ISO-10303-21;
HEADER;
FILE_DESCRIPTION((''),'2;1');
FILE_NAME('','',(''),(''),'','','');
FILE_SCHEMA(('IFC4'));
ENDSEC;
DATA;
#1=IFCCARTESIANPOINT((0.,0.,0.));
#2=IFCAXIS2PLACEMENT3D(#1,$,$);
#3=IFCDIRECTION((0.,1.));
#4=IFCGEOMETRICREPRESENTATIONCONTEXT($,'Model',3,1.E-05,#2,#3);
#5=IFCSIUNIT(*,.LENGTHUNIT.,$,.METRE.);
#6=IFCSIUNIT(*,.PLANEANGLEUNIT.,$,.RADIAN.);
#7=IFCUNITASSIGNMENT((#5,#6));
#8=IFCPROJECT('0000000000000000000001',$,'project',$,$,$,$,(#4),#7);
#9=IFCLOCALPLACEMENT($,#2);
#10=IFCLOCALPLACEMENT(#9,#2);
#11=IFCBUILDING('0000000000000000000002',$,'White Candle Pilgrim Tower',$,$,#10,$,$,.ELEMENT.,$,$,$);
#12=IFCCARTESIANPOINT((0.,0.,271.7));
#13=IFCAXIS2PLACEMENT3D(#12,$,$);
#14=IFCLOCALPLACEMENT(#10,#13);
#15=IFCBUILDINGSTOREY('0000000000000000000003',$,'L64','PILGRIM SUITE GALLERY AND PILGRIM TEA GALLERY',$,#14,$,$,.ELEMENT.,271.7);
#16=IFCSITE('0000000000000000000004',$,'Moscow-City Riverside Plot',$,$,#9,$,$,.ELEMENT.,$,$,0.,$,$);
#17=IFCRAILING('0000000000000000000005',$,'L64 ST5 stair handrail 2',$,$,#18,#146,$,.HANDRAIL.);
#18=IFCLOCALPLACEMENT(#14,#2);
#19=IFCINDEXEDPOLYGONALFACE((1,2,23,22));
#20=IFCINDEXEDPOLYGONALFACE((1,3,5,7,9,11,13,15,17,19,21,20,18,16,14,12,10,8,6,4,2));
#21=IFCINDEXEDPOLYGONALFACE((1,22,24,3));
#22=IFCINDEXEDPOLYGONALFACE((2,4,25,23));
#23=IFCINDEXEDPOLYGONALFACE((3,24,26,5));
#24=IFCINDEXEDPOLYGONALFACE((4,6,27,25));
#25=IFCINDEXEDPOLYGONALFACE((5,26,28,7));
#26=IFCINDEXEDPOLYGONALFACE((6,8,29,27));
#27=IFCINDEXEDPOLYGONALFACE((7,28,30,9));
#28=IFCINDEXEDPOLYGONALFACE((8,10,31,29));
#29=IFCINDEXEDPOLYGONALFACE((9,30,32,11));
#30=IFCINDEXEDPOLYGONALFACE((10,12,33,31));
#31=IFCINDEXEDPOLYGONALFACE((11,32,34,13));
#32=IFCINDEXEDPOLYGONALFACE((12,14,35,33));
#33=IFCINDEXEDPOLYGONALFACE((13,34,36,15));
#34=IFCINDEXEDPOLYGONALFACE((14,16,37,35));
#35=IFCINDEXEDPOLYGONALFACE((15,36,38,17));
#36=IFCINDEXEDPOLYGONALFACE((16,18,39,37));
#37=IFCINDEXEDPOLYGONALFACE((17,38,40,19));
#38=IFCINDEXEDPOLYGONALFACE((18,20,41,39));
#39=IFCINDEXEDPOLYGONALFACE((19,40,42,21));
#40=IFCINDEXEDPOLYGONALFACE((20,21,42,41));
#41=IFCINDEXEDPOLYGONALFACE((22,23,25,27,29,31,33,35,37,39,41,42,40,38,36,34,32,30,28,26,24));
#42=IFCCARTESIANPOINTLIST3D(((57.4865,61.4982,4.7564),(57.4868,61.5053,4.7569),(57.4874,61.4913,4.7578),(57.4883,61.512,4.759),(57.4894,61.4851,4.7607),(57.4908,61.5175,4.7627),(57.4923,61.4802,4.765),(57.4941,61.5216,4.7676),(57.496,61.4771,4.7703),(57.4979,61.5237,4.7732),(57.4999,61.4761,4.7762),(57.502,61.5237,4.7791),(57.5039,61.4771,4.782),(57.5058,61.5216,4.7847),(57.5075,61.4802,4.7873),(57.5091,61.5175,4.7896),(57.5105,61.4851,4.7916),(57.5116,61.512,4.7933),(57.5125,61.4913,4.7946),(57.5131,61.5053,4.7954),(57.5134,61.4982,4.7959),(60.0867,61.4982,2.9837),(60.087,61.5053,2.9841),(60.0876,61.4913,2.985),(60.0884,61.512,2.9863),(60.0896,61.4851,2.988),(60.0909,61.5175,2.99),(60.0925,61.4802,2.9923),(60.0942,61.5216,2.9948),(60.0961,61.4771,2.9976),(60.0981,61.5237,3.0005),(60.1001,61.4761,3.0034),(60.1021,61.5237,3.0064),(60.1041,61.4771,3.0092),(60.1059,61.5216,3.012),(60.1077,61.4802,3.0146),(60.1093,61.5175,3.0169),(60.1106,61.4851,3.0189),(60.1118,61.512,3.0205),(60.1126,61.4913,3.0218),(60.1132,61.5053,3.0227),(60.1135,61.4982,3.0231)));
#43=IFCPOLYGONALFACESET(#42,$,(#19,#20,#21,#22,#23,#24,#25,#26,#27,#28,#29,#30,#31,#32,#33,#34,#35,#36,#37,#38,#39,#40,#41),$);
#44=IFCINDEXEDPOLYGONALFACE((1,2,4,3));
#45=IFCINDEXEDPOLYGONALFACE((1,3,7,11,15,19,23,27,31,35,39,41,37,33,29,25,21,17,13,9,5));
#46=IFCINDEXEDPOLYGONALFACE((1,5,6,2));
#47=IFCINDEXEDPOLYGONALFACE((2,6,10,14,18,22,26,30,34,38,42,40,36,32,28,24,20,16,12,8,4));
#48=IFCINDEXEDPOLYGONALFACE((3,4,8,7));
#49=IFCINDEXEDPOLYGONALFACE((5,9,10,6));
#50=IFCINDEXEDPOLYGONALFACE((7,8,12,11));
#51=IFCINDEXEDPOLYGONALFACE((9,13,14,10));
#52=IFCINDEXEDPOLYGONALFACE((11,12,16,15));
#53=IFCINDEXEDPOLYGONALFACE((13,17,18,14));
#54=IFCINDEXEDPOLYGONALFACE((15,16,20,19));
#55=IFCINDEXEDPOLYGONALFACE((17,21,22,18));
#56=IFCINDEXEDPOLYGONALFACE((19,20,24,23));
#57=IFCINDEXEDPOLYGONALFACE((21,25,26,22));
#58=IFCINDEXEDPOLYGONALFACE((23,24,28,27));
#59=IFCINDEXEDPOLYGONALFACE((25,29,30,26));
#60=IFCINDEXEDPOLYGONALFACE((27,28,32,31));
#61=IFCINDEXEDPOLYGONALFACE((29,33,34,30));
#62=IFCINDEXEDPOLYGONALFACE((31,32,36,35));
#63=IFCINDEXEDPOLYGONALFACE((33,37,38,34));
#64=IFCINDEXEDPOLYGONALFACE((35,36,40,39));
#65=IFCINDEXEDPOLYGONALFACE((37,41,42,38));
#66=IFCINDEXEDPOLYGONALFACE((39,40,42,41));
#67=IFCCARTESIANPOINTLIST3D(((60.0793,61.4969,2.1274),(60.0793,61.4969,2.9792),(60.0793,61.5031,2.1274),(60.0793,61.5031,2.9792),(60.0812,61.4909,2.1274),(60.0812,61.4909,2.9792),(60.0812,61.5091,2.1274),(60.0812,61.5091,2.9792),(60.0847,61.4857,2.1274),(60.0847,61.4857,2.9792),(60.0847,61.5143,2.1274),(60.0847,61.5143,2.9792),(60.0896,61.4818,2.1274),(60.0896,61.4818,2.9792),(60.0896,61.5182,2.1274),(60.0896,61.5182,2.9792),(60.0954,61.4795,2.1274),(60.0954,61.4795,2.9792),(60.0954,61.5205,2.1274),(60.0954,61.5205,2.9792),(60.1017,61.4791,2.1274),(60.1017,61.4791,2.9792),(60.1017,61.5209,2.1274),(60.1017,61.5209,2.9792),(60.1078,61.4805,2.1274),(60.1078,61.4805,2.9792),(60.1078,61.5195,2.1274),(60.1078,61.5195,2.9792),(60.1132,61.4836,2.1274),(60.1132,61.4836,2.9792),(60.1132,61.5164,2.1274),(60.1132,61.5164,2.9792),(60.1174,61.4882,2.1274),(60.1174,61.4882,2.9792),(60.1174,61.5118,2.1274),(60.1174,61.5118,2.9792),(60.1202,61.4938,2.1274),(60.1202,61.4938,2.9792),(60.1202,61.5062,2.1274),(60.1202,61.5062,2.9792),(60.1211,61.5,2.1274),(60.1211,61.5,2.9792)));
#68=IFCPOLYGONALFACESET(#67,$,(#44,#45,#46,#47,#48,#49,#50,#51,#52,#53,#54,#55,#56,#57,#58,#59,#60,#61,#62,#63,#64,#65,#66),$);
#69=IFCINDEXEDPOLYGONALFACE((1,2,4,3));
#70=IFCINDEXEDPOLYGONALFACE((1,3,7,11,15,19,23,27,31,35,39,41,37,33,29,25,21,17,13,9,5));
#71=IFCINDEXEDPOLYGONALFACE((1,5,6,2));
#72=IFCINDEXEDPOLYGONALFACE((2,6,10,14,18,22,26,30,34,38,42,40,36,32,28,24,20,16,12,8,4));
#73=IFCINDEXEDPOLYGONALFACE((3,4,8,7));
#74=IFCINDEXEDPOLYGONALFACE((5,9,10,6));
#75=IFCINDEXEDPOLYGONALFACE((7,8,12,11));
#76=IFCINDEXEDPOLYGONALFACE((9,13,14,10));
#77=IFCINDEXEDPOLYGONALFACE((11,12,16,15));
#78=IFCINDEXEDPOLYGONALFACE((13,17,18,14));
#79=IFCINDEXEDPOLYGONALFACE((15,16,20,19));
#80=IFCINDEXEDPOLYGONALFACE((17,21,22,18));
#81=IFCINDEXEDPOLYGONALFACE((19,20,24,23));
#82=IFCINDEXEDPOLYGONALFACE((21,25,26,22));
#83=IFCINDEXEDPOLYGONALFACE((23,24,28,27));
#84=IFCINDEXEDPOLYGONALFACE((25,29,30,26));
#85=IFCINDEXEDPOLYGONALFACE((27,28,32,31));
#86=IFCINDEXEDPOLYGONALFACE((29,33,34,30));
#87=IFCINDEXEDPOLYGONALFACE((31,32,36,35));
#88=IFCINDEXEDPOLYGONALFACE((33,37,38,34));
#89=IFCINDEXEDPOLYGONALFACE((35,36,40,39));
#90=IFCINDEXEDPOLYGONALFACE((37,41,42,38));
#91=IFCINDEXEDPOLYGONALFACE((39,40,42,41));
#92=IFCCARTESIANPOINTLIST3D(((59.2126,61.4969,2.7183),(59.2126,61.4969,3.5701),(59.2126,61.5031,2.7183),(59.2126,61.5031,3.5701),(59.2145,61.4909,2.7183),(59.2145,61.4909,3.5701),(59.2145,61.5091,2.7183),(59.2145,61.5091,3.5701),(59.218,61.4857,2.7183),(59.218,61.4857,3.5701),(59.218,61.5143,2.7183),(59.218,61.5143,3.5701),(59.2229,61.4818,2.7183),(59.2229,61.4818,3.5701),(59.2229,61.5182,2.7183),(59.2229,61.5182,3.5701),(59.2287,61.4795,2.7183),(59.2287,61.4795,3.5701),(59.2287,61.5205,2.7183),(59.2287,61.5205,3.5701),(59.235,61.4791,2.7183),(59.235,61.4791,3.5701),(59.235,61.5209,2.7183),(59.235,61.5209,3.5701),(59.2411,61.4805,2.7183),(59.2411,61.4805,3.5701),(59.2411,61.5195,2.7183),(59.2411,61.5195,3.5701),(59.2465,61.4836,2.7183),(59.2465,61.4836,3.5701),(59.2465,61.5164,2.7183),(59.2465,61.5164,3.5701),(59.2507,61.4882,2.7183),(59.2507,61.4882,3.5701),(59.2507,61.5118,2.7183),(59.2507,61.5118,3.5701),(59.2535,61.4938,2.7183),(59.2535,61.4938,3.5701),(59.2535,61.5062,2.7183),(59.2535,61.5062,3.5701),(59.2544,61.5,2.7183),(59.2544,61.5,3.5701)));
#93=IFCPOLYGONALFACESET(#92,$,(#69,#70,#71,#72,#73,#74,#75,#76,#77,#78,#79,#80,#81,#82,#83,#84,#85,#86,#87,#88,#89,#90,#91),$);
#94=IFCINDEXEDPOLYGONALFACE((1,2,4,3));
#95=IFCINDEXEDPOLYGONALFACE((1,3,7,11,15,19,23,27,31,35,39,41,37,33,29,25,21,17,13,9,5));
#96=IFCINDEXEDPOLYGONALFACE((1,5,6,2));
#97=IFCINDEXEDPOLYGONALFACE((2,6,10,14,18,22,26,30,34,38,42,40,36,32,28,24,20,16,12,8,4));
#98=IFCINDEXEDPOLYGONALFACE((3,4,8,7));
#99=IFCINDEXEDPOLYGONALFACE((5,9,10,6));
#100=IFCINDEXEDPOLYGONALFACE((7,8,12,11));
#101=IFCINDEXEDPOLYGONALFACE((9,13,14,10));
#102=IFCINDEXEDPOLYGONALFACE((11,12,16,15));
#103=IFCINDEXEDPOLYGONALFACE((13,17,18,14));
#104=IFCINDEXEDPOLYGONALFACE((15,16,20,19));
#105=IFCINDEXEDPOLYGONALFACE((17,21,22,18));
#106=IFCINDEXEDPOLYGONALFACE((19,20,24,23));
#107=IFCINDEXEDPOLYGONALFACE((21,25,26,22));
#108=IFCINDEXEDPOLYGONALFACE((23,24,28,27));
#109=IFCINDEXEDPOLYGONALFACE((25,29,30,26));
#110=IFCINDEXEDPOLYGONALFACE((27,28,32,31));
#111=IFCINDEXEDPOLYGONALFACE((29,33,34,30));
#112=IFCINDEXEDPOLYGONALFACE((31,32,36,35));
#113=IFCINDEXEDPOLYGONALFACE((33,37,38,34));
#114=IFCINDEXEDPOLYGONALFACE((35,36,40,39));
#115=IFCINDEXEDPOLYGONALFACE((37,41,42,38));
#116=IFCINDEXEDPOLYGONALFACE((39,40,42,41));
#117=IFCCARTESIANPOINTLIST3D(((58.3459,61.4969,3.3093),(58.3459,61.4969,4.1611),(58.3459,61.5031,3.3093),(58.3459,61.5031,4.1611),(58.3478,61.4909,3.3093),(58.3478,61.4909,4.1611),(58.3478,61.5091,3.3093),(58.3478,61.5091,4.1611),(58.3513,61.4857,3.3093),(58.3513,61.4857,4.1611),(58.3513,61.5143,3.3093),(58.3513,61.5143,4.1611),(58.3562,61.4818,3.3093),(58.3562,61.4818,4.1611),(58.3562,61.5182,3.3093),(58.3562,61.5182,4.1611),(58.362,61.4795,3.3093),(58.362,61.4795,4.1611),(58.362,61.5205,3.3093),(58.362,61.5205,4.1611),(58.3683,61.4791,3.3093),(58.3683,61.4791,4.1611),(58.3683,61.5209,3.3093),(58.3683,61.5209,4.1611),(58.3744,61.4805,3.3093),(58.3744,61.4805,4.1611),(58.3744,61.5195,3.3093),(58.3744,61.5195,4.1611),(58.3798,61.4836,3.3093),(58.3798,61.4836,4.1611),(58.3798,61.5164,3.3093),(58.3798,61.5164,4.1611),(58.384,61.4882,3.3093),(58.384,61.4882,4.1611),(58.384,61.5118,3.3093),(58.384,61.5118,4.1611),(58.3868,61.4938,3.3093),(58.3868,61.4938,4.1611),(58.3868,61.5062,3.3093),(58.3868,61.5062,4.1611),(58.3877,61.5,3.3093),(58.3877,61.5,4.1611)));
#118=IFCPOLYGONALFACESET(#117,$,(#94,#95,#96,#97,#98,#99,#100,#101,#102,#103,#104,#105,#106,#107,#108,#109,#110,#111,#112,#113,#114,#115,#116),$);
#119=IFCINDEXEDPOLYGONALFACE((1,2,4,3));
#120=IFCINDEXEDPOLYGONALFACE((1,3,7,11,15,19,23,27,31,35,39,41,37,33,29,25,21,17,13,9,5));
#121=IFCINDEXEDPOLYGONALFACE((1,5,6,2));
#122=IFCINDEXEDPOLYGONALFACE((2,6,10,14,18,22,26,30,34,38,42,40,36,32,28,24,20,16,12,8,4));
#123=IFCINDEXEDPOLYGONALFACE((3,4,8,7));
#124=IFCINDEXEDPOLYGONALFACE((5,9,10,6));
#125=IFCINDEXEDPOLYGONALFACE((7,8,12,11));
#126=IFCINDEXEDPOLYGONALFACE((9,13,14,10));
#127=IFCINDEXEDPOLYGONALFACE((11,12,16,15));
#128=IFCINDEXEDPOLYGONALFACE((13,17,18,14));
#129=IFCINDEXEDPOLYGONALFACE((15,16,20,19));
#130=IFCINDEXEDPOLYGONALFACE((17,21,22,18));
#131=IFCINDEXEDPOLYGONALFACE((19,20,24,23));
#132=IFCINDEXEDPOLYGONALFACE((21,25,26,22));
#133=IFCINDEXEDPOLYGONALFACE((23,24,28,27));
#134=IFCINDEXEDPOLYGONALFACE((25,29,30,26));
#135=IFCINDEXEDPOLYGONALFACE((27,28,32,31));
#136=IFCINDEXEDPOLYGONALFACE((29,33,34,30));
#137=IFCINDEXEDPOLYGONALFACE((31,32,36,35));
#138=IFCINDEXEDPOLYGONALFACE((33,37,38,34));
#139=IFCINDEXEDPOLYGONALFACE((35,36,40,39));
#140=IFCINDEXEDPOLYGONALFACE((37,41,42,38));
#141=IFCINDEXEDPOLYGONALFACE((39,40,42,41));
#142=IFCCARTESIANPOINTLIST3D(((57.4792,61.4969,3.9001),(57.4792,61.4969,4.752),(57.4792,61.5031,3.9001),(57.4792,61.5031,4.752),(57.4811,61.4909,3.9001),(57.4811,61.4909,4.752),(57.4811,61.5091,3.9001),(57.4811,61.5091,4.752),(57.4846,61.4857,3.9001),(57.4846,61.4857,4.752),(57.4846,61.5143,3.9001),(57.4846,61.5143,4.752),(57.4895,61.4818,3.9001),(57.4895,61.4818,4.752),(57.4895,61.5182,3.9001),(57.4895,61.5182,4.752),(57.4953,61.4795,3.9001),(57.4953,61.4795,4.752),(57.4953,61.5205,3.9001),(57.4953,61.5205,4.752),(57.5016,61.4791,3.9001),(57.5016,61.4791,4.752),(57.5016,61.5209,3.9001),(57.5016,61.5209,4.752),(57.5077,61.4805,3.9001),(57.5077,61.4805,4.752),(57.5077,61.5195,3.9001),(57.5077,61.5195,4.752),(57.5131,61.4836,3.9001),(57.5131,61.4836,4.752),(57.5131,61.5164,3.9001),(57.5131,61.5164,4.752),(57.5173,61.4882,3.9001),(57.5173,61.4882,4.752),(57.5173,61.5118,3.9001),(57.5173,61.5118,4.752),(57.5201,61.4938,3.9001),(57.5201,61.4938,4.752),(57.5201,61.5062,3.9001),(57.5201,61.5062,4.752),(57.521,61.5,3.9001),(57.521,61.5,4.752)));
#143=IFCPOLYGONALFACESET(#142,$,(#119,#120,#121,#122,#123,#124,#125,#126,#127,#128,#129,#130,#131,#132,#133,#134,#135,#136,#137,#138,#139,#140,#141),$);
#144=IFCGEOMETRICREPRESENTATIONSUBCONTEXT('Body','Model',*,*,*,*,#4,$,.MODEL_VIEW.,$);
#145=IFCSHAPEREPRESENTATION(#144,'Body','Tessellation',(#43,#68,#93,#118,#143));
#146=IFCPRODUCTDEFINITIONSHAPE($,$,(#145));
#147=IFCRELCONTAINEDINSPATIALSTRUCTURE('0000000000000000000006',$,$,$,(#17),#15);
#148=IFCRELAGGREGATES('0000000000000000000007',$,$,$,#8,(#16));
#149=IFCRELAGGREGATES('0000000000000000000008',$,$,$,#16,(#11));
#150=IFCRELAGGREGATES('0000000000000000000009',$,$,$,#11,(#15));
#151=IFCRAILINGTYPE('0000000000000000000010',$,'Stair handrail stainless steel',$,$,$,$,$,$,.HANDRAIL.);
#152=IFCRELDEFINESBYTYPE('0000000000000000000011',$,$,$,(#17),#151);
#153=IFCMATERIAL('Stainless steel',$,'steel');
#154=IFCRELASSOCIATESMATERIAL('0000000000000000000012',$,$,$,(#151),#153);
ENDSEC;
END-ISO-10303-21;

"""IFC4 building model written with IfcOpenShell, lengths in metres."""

from ifc_helpers import new_model, si_unit, direction, frame, origin, origin_2d, place, context, subcontext, project, spatial, circle, extrude, material, type_object, element, save


model = new_model("IFC4")

# Units and contexts
model_context = context("Model", 3, precision=1e-05, world=origin(), true_north=direction((0.0, 1.0)))
body_context = subcontext(model_context, "Body", "Model", "MODEL_VIEW")
ifc_project = project(units=[si_unit("LENGTHUNIT", "METRE"), si_unit("PLANEANGLEUNIT", "RADIAN")], contexts=[model_context])

# Site, building, storey
site_placement = place(None, origin())
site = spatial("IfcSite", under=ifc_project, at=site_placement, Name="Moscow-City Riverside Plot", CompositionType="ELEMENT", RefElevation=0.0)
building_placement = place(site_placement, origin())
building = spatial("IfcBuilding", under=site, at=building_placement, Name="White Candle Pilgrim Tower", CompositionType="ELEMENT")
storey_placement = place(building_placement, frame((0.0, 0.0, 271.7)))
storey = spatial("IfcBuildingStorey", under=building, at=storey_placement, Name="L64", Description="PILGRIM SUITE GALLERY AND PILGRIM TEA GALLERY", CompositionType="ELEMENT", Elevation=271.7)

# Railing
ifc_material_1 = material(Name="Stainless steel", Category="steel")
railing_type_1 = type_object("IfcRailingType", Name="Stair handrail stainless steel", PredefinedType="HANDRAIL", material=ifc_material_1)
railing_1_placement = place(storey_placement, frame((60.1001, 61.5, 2.1274)))
element("IfcRailing", 1, at=railing_1_placement, inside=storey, type_object=railing_type_1, Name="L64 ST5 stair handrail 2", PredefinedType="HANDRAIL", context=body_context, shape_type="SweptSolid", body=[
    extrude(circle(Radius=0.0239, at=origin_2d()), frame((0.0, 0.0, 0.876), z_axis=(-0.82624, 0.0, 0.563318), x_axis=(0.0, -1.0, 0.0)), (0.0, 0.0, 1.0), 3.147),
    extrude(circle(Radius=0.021, at=origin_2d()), origin(), (0.0, 0.0, 1.0), 0.8518),
    extrude(circle(Radius=0.021, at=origin_2d()), frame((-0.8667, 0.0, 0.5908)), (0.0, 0.0, 1.0), 0.8518),
    extrude(circle(Radius=0.021, at=origin_2d()), frame((-1.7334, 0.0, 1.1819)), (0.0, 0.0, 1.0), 0.8518),
    extrude(circle(Radius=0.021, at=origin_2d()), frame((-2.6001, 0.0, 1.7727)), (0.0, 0.0, 1.0), 0.8518),
])

save(model, "model.ifc")
